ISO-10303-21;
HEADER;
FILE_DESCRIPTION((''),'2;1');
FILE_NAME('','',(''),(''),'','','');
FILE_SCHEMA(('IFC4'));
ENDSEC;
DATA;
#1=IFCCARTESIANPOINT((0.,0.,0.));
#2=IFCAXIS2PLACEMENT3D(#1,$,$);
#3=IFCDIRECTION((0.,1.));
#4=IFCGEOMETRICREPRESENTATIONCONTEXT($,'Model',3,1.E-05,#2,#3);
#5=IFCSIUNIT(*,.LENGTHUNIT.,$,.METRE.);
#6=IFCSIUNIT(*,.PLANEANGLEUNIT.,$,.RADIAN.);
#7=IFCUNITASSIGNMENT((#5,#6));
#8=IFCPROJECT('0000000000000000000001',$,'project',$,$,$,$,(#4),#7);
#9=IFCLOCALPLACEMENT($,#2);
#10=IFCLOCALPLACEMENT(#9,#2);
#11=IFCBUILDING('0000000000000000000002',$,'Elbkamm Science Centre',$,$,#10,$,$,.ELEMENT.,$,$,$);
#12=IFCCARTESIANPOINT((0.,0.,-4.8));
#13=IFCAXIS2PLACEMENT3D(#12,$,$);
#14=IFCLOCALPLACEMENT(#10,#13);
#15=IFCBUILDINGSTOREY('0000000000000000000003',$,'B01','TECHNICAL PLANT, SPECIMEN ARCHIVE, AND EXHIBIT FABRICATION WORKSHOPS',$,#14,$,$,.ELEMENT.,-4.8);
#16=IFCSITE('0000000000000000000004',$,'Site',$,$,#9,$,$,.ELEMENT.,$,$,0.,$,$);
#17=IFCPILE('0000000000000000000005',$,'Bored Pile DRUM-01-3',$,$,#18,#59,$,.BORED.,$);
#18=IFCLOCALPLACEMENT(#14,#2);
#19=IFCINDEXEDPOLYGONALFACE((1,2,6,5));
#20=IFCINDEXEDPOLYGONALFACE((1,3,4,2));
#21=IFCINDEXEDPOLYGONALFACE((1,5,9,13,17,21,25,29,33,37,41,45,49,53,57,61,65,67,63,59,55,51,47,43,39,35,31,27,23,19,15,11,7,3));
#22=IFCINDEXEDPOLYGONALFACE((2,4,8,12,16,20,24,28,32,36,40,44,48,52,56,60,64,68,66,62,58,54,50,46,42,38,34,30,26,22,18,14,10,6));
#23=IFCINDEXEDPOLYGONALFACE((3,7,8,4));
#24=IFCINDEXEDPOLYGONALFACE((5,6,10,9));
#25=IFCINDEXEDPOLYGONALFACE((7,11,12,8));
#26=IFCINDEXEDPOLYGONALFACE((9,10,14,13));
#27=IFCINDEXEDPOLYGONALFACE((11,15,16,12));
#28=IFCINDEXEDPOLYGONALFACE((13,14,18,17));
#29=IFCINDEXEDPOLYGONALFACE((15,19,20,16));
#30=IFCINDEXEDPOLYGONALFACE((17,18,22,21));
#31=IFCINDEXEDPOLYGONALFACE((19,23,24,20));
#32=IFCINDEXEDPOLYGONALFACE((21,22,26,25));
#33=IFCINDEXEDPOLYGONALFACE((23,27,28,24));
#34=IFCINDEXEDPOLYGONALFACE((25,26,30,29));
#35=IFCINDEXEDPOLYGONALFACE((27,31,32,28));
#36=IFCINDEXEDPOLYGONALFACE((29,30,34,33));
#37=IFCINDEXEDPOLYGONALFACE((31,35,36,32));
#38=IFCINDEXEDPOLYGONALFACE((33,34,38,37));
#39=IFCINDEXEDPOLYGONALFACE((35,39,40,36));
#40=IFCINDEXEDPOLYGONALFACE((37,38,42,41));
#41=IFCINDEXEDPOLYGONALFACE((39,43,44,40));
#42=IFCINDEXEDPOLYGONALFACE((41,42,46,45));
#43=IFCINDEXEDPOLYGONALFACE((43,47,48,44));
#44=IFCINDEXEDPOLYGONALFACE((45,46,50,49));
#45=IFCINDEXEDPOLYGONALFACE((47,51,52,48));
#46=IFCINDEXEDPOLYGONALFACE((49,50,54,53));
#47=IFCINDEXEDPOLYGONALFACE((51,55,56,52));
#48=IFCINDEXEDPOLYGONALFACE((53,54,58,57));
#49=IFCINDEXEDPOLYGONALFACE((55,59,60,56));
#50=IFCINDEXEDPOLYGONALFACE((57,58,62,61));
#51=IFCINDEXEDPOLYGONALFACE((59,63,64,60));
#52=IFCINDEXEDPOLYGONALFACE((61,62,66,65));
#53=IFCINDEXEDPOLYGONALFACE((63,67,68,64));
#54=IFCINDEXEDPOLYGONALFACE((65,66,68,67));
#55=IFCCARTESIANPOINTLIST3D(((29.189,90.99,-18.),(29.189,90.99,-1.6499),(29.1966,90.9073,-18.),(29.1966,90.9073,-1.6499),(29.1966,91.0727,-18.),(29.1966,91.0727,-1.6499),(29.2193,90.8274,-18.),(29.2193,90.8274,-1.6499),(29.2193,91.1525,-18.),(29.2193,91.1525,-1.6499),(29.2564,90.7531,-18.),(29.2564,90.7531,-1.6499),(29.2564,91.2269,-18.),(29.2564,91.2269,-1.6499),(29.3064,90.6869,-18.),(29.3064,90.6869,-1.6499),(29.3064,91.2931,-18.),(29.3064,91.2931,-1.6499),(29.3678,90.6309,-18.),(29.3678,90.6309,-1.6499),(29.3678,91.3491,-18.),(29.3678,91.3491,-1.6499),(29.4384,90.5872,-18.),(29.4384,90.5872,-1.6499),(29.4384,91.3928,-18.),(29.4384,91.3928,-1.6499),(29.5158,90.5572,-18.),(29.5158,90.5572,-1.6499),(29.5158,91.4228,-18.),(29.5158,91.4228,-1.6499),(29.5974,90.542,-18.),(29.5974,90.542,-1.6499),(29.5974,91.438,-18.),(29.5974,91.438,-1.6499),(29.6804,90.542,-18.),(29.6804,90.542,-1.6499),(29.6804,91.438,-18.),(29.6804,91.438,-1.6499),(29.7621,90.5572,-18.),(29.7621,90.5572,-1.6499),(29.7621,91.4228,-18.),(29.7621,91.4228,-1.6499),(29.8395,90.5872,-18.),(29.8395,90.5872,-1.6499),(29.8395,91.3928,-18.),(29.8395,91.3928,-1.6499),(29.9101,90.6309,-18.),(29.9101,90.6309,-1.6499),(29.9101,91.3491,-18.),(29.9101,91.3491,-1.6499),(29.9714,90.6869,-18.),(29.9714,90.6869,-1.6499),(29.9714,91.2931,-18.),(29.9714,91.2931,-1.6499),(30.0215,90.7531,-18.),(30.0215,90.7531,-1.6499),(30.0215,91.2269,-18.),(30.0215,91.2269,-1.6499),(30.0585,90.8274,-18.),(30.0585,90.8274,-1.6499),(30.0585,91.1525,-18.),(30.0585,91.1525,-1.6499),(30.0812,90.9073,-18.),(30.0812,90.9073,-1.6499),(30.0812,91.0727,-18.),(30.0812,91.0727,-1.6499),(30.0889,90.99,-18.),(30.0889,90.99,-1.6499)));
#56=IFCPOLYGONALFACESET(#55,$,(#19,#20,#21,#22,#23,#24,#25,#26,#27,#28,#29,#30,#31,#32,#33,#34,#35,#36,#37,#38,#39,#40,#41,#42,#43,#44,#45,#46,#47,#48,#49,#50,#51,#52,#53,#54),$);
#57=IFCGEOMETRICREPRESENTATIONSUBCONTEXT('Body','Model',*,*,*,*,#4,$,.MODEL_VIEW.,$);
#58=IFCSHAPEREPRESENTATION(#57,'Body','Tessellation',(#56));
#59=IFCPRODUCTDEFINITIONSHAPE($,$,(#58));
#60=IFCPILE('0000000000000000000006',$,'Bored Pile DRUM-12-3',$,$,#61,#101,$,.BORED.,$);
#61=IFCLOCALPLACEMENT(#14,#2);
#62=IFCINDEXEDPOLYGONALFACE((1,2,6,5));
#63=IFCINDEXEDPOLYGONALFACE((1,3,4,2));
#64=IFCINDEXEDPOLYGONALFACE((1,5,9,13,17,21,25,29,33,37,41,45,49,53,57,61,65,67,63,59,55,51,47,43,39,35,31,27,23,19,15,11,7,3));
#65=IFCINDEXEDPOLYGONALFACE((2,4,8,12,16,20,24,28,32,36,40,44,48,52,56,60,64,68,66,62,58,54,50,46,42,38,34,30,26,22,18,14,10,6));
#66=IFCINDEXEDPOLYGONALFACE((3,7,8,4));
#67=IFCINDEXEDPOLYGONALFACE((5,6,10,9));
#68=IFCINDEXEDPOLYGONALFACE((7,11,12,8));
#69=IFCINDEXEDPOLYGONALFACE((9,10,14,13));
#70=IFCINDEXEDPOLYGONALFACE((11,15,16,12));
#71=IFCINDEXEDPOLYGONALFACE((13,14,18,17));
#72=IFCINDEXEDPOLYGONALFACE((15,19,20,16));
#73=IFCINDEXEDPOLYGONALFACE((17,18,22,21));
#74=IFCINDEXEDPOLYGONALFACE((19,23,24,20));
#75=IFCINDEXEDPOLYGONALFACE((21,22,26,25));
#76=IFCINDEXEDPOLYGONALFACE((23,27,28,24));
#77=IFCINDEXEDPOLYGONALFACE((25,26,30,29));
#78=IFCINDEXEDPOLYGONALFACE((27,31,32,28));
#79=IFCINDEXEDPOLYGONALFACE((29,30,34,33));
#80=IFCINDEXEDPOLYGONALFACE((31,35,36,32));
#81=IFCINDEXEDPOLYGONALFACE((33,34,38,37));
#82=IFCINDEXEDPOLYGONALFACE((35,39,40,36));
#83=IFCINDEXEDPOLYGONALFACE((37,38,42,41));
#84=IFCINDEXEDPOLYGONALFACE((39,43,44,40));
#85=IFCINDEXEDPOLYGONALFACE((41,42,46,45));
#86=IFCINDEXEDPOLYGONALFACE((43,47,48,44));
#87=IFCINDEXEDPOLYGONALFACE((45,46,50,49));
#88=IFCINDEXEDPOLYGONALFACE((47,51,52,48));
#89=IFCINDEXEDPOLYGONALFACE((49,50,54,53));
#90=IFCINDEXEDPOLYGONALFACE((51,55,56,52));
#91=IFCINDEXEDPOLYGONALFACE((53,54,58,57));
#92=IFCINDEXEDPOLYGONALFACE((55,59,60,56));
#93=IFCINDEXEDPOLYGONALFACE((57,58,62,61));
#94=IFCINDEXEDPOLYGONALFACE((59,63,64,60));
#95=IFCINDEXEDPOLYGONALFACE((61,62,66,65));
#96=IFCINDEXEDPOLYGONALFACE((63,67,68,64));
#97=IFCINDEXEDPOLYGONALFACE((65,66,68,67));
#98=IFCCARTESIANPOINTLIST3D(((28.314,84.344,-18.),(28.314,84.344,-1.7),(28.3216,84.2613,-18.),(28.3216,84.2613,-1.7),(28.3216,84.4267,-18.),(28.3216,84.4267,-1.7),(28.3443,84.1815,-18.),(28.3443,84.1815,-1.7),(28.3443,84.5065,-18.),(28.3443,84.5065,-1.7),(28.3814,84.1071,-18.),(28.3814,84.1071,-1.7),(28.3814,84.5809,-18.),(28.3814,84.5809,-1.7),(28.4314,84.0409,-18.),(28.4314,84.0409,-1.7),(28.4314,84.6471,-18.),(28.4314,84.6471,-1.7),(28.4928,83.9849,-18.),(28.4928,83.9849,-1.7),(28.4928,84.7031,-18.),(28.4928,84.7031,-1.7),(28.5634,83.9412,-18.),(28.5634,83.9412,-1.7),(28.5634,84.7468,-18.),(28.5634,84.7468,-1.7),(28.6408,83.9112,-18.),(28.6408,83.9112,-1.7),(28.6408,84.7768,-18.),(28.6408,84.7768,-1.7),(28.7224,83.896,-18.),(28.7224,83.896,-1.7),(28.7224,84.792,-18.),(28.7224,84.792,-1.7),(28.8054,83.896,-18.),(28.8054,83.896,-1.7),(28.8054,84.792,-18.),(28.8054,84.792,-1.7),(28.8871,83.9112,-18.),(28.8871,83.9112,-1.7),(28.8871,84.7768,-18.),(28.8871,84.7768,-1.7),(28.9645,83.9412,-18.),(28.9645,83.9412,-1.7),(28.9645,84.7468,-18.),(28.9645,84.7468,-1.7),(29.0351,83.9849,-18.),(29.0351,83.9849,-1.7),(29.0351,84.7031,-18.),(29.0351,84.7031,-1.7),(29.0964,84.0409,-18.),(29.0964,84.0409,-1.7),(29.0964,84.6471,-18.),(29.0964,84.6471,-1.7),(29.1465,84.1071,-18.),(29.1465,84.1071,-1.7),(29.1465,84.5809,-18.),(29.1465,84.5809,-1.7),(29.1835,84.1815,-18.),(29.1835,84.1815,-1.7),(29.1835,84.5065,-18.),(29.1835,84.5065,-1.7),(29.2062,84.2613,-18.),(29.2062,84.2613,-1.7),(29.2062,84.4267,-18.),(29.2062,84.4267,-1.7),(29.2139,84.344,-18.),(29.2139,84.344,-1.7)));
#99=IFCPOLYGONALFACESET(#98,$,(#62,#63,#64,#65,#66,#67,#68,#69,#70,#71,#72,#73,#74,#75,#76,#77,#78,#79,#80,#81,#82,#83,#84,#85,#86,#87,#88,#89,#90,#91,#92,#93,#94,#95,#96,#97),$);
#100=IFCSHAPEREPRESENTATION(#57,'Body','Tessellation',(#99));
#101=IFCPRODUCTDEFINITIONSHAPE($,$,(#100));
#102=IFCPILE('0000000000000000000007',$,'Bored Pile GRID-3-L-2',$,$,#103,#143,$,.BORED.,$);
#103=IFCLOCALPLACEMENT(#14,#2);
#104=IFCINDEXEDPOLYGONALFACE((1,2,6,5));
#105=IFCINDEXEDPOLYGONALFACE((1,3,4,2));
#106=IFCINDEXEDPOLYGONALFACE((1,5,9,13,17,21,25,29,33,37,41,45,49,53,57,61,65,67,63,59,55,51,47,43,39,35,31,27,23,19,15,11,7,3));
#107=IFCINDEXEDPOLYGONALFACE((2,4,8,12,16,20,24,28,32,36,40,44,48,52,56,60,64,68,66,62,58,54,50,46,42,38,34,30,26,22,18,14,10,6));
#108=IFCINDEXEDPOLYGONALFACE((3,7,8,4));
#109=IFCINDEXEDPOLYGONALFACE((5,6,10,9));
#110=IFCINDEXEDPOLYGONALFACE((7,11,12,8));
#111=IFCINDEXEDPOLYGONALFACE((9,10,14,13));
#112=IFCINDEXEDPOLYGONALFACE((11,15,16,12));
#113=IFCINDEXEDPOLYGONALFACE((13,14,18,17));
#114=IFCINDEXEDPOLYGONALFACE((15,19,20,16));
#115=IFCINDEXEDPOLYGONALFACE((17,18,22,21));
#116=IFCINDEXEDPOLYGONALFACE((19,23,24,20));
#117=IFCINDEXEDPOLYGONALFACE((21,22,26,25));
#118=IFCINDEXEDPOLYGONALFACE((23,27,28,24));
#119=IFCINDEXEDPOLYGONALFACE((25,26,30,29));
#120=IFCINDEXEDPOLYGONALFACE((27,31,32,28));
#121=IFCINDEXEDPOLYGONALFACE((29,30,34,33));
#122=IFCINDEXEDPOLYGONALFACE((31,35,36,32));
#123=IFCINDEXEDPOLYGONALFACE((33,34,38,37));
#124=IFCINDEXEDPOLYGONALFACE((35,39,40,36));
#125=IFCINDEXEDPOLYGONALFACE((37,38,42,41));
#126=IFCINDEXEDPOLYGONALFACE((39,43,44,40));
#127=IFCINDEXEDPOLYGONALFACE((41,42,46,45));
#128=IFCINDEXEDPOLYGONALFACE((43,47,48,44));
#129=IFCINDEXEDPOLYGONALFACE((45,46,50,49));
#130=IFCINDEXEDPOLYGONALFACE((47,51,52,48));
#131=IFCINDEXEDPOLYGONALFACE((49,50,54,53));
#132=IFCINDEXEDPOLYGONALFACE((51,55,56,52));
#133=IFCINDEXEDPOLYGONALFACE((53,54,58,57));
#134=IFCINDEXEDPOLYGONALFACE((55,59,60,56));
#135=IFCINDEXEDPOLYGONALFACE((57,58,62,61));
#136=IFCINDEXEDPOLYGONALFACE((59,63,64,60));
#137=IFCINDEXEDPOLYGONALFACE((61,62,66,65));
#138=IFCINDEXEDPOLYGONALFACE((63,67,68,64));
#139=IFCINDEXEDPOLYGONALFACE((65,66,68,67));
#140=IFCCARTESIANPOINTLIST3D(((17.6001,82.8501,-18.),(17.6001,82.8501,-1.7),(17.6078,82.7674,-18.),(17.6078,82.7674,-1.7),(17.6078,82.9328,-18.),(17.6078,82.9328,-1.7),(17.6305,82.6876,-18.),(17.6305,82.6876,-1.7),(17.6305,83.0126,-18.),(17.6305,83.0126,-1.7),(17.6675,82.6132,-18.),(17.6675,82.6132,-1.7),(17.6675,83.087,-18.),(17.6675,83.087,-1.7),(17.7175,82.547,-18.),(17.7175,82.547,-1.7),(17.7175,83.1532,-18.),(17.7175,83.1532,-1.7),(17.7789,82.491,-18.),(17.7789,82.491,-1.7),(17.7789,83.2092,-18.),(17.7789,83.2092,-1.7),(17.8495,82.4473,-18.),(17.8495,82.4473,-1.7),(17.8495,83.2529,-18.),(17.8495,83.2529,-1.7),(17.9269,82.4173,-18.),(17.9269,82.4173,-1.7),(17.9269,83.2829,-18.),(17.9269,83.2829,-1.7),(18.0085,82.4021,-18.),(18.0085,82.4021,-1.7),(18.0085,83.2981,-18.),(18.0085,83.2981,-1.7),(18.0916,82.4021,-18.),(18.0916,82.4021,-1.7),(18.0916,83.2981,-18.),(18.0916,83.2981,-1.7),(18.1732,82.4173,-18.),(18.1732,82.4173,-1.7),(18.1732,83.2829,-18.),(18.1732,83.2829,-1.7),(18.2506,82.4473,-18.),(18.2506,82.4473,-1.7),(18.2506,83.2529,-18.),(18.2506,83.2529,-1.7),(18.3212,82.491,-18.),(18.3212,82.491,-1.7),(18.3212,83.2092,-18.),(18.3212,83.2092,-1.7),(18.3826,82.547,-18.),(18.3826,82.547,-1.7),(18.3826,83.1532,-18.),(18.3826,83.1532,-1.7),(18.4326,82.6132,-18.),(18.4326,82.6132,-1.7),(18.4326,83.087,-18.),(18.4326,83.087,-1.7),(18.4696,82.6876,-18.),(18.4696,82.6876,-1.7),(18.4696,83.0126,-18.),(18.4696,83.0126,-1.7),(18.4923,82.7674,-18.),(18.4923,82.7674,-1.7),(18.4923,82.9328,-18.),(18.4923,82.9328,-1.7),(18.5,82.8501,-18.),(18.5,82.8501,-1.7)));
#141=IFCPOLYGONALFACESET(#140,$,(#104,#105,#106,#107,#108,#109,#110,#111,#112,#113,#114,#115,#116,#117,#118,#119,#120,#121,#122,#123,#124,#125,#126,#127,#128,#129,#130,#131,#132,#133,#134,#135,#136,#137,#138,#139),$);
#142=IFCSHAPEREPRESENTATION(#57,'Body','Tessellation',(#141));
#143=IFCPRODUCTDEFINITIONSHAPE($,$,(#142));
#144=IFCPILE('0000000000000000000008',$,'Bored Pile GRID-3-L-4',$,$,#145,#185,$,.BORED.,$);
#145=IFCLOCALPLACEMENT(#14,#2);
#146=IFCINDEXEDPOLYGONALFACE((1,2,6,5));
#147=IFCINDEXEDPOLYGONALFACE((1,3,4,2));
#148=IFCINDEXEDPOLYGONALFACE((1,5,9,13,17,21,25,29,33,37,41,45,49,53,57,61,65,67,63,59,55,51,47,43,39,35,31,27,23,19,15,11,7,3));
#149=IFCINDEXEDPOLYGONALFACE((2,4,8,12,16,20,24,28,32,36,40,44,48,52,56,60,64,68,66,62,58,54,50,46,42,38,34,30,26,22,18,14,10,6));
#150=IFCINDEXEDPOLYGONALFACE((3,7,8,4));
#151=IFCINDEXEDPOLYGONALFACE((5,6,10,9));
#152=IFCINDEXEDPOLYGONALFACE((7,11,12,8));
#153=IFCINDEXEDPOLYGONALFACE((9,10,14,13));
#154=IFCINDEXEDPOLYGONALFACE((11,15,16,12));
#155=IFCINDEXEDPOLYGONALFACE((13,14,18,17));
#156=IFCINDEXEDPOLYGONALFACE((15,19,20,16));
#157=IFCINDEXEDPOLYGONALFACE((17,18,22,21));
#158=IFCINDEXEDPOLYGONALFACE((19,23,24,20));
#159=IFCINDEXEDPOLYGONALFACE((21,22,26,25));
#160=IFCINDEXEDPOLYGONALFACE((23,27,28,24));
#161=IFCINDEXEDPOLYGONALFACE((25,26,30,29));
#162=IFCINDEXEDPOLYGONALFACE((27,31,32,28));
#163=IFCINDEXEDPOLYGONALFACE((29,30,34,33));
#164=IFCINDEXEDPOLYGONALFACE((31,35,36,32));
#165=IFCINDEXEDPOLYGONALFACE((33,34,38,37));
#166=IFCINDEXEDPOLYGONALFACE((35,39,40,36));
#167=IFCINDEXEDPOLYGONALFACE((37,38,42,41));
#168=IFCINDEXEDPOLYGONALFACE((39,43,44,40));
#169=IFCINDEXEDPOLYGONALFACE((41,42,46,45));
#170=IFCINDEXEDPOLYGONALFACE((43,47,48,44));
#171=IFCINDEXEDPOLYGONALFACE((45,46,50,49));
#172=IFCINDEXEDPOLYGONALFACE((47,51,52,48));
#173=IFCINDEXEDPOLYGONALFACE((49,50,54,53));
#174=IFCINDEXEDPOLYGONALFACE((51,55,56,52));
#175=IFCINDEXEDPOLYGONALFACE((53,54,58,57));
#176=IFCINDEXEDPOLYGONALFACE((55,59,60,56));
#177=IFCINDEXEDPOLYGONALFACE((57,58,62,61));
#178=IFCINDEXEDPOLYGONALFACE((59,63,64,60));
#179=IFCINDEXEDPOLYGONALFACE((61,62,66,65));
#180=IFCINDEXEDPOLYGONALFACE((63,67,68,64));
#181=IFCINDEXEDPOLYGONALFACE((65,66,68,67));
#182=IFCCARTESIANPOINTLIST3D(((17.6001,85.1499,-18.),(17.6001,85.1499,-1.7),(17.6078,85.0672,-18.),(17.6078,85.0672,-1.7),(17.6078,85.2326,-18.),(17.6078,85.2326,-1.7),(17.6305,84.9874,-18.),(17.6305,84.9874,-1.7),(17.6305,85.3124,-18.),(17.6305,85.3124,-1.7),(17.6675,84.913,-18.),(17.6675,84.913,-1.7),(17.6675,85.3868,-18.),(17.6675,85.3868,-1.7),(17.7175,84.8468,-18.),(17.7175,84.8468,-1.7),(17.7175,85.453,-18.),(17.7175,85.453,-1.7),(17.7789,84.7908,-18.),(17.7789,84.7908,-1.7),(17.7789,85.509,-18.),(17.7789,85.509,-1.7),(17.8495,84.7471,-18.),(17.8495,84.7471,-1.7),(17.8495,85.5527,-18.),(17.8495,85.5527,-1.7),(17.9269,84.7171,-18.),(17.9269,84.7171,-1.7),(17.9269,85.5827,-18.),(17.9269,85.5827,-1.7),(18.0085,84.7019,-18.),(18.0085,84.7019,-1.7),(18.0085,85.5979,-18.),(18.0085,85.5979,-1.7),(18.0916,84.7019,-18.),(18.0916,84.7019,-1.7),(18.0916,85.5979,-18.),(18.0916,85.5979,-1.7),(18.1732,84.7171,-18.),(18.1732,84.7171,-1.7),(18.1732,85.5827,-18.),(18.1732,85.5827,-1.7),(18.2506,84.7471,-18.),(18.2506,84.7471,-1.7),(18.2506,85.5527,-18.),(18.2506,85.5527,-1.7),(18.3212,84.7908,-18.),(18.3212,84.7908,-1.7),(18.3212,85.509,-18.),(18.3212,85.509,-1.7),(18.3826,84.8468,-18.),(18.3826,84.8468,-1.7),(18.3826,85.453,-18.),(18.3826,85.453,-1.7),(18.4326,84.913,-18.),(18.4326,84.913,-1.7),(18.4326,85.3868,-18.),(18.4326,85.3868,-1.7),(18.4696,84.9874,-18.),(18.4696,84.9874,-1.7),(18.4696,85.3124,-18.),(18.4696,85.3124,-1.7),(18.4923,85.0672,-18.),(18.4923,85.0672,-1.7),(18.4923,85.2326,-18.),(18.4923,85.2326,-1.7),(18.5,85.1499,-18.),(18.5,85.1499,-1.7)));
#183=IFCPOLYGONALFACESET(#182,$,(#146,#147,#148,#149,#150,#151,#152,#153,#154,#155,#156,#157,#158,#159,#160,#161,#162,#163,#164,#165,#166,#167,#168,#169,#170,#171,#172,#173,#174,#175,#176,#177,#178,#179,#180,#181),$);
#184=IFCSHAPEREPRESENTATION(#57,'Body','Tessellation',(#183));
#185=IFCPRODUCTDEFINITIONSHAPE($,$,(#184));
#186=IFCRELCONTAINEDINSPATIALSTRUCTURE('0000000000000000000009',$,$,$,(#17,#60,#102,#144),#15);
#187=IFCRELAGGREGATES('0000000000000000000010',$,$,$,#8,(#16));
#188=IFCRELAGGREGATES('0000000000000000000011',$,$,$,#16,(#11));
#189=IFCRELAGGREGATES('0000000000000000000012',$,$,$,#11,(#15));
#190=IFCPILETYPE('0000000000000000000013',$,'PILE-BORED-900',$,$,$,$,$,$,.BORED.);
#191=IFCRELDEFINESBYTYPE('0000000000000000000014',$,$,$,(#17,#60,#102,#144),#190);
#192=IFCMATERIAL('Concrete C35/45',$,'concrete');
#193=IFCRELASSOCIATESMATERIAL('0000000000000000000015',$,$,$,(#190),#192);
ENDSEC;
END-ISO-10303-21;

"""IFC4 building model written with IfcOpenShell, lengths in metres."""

from ifc_helpers import new_model, si_unit, direction, frame, origin, origin_2d, place, context, subcontext, project, spatial, circle, extrude, material, material_profile, profile_set, type_object, element, save


model = new_model("IFC4")

# Units and contexts
model_context = context("Model", 3, precision=1e-05, world=origin(), true_north=direction((0.0, 1.0)))
body_context = subcontext(model_context, "Body", "Model", "MODEL_VIEW")
ifc_project = project(units=[si_unit("LENGTHUNIT", "METRE"), si_unit("PLANEANGLEUNIT", "RADIAN")], contexts=[model_context])

# Site, building, storey
site_placement = place(None, origin())
site = spatial("IfcSite", under=ifc_project, at=site_placement, Name="Site", CompositionType="ELEMENT", RefElevation=0.0)
building_placement = place(site_placement, origin())
building = spatial("IfcBuilding", under=site, at=building_placement, Name="Elbkamm Science Centre", CompositionType="ELEMENT")
storey_placement = place(building_placement, frame((0.0, 0.0, -4.8)))
storey = spatial("IfcBuildingStorey", under=building, at=storey_placement, Name="B01", Description="TECHNICAL PLANT, SPECIMEN ARCHIVE, AND EXHIBIT FABRICATION WORKSHOPS", CompositionType="ELEMENT", Elevation=-4.8)

# Shared definitions
ifc_material_1 = material(Name="Concrete C35/45", Category="concrete")

# Piles
ifc_material_profile_1 = material_profile(ifc_material_1, circle(Radius=0.45, at=origin_2d()), Name="PILE D900")
ifc_profile_set_1 = profile_set([ifc_material_profile_1], Name="Concrete C35/45")
pile_type = type_object("IfcPileType", Name="PILE-BORED-900", PredefinedType="BORED", material=ifc_profile_set_1)
for number, where, z_axis, x_axis, name in (
    (1, (29.6389, 90.99, -1.6499), (0.0, 0.0, -1.0), (1.0, 0.0, 0.0), "Bored Pile DRUM-01-3"),
):
    element("IfcPile", number, at=place(storey_placement, frame(where, z_axis=z_axis, x_axis=x_axis)), inside=storey, type_object=pile_type, Name=name, PredefinedType="BORED", context=body_context, shape_type="SweptSolid", body=[
        extrude(circle(Radius=0.45, at=origin_2d()), origin(), (0.0, 0.0, 1.0), 16.3501),
    ])
for number, where, z_axis, x_axis, name in (
    (2, (28.7639, 84.344, -1.7), (0.0, 0.0, -1.0), (1.0, 0.0, 0.0), "Bored Pile DRUM-12-3"),
    (3, (18.05, 82.8501, -1.7), (0.0, 0.0, -1.0), (1.0, 0.0, 0.0), "Bored Pile GRID-3-L-2"),
    (4, (18.05, 85.1499, -1.7), (0.0, 0.0, -1.0), (1.0, 0.0, 0.0), "Bored Pile GRID-3-L-4"),
):
    element("IfcPile", number, at=place(storey_placement, frame(where, z_axis=z_axis, x_axis=x_axis)), inside=storey, type_object=pile_type, Name=name, PredefinedType="BORED", context=body_context, shape_type="SweptSolid", body=[
        extrude(circle(Radius=0.45, at=origin_2d()), origin(), (0.0, 0.0, 1.0), 16.3),
    ])

save(model, "model.ifc")
